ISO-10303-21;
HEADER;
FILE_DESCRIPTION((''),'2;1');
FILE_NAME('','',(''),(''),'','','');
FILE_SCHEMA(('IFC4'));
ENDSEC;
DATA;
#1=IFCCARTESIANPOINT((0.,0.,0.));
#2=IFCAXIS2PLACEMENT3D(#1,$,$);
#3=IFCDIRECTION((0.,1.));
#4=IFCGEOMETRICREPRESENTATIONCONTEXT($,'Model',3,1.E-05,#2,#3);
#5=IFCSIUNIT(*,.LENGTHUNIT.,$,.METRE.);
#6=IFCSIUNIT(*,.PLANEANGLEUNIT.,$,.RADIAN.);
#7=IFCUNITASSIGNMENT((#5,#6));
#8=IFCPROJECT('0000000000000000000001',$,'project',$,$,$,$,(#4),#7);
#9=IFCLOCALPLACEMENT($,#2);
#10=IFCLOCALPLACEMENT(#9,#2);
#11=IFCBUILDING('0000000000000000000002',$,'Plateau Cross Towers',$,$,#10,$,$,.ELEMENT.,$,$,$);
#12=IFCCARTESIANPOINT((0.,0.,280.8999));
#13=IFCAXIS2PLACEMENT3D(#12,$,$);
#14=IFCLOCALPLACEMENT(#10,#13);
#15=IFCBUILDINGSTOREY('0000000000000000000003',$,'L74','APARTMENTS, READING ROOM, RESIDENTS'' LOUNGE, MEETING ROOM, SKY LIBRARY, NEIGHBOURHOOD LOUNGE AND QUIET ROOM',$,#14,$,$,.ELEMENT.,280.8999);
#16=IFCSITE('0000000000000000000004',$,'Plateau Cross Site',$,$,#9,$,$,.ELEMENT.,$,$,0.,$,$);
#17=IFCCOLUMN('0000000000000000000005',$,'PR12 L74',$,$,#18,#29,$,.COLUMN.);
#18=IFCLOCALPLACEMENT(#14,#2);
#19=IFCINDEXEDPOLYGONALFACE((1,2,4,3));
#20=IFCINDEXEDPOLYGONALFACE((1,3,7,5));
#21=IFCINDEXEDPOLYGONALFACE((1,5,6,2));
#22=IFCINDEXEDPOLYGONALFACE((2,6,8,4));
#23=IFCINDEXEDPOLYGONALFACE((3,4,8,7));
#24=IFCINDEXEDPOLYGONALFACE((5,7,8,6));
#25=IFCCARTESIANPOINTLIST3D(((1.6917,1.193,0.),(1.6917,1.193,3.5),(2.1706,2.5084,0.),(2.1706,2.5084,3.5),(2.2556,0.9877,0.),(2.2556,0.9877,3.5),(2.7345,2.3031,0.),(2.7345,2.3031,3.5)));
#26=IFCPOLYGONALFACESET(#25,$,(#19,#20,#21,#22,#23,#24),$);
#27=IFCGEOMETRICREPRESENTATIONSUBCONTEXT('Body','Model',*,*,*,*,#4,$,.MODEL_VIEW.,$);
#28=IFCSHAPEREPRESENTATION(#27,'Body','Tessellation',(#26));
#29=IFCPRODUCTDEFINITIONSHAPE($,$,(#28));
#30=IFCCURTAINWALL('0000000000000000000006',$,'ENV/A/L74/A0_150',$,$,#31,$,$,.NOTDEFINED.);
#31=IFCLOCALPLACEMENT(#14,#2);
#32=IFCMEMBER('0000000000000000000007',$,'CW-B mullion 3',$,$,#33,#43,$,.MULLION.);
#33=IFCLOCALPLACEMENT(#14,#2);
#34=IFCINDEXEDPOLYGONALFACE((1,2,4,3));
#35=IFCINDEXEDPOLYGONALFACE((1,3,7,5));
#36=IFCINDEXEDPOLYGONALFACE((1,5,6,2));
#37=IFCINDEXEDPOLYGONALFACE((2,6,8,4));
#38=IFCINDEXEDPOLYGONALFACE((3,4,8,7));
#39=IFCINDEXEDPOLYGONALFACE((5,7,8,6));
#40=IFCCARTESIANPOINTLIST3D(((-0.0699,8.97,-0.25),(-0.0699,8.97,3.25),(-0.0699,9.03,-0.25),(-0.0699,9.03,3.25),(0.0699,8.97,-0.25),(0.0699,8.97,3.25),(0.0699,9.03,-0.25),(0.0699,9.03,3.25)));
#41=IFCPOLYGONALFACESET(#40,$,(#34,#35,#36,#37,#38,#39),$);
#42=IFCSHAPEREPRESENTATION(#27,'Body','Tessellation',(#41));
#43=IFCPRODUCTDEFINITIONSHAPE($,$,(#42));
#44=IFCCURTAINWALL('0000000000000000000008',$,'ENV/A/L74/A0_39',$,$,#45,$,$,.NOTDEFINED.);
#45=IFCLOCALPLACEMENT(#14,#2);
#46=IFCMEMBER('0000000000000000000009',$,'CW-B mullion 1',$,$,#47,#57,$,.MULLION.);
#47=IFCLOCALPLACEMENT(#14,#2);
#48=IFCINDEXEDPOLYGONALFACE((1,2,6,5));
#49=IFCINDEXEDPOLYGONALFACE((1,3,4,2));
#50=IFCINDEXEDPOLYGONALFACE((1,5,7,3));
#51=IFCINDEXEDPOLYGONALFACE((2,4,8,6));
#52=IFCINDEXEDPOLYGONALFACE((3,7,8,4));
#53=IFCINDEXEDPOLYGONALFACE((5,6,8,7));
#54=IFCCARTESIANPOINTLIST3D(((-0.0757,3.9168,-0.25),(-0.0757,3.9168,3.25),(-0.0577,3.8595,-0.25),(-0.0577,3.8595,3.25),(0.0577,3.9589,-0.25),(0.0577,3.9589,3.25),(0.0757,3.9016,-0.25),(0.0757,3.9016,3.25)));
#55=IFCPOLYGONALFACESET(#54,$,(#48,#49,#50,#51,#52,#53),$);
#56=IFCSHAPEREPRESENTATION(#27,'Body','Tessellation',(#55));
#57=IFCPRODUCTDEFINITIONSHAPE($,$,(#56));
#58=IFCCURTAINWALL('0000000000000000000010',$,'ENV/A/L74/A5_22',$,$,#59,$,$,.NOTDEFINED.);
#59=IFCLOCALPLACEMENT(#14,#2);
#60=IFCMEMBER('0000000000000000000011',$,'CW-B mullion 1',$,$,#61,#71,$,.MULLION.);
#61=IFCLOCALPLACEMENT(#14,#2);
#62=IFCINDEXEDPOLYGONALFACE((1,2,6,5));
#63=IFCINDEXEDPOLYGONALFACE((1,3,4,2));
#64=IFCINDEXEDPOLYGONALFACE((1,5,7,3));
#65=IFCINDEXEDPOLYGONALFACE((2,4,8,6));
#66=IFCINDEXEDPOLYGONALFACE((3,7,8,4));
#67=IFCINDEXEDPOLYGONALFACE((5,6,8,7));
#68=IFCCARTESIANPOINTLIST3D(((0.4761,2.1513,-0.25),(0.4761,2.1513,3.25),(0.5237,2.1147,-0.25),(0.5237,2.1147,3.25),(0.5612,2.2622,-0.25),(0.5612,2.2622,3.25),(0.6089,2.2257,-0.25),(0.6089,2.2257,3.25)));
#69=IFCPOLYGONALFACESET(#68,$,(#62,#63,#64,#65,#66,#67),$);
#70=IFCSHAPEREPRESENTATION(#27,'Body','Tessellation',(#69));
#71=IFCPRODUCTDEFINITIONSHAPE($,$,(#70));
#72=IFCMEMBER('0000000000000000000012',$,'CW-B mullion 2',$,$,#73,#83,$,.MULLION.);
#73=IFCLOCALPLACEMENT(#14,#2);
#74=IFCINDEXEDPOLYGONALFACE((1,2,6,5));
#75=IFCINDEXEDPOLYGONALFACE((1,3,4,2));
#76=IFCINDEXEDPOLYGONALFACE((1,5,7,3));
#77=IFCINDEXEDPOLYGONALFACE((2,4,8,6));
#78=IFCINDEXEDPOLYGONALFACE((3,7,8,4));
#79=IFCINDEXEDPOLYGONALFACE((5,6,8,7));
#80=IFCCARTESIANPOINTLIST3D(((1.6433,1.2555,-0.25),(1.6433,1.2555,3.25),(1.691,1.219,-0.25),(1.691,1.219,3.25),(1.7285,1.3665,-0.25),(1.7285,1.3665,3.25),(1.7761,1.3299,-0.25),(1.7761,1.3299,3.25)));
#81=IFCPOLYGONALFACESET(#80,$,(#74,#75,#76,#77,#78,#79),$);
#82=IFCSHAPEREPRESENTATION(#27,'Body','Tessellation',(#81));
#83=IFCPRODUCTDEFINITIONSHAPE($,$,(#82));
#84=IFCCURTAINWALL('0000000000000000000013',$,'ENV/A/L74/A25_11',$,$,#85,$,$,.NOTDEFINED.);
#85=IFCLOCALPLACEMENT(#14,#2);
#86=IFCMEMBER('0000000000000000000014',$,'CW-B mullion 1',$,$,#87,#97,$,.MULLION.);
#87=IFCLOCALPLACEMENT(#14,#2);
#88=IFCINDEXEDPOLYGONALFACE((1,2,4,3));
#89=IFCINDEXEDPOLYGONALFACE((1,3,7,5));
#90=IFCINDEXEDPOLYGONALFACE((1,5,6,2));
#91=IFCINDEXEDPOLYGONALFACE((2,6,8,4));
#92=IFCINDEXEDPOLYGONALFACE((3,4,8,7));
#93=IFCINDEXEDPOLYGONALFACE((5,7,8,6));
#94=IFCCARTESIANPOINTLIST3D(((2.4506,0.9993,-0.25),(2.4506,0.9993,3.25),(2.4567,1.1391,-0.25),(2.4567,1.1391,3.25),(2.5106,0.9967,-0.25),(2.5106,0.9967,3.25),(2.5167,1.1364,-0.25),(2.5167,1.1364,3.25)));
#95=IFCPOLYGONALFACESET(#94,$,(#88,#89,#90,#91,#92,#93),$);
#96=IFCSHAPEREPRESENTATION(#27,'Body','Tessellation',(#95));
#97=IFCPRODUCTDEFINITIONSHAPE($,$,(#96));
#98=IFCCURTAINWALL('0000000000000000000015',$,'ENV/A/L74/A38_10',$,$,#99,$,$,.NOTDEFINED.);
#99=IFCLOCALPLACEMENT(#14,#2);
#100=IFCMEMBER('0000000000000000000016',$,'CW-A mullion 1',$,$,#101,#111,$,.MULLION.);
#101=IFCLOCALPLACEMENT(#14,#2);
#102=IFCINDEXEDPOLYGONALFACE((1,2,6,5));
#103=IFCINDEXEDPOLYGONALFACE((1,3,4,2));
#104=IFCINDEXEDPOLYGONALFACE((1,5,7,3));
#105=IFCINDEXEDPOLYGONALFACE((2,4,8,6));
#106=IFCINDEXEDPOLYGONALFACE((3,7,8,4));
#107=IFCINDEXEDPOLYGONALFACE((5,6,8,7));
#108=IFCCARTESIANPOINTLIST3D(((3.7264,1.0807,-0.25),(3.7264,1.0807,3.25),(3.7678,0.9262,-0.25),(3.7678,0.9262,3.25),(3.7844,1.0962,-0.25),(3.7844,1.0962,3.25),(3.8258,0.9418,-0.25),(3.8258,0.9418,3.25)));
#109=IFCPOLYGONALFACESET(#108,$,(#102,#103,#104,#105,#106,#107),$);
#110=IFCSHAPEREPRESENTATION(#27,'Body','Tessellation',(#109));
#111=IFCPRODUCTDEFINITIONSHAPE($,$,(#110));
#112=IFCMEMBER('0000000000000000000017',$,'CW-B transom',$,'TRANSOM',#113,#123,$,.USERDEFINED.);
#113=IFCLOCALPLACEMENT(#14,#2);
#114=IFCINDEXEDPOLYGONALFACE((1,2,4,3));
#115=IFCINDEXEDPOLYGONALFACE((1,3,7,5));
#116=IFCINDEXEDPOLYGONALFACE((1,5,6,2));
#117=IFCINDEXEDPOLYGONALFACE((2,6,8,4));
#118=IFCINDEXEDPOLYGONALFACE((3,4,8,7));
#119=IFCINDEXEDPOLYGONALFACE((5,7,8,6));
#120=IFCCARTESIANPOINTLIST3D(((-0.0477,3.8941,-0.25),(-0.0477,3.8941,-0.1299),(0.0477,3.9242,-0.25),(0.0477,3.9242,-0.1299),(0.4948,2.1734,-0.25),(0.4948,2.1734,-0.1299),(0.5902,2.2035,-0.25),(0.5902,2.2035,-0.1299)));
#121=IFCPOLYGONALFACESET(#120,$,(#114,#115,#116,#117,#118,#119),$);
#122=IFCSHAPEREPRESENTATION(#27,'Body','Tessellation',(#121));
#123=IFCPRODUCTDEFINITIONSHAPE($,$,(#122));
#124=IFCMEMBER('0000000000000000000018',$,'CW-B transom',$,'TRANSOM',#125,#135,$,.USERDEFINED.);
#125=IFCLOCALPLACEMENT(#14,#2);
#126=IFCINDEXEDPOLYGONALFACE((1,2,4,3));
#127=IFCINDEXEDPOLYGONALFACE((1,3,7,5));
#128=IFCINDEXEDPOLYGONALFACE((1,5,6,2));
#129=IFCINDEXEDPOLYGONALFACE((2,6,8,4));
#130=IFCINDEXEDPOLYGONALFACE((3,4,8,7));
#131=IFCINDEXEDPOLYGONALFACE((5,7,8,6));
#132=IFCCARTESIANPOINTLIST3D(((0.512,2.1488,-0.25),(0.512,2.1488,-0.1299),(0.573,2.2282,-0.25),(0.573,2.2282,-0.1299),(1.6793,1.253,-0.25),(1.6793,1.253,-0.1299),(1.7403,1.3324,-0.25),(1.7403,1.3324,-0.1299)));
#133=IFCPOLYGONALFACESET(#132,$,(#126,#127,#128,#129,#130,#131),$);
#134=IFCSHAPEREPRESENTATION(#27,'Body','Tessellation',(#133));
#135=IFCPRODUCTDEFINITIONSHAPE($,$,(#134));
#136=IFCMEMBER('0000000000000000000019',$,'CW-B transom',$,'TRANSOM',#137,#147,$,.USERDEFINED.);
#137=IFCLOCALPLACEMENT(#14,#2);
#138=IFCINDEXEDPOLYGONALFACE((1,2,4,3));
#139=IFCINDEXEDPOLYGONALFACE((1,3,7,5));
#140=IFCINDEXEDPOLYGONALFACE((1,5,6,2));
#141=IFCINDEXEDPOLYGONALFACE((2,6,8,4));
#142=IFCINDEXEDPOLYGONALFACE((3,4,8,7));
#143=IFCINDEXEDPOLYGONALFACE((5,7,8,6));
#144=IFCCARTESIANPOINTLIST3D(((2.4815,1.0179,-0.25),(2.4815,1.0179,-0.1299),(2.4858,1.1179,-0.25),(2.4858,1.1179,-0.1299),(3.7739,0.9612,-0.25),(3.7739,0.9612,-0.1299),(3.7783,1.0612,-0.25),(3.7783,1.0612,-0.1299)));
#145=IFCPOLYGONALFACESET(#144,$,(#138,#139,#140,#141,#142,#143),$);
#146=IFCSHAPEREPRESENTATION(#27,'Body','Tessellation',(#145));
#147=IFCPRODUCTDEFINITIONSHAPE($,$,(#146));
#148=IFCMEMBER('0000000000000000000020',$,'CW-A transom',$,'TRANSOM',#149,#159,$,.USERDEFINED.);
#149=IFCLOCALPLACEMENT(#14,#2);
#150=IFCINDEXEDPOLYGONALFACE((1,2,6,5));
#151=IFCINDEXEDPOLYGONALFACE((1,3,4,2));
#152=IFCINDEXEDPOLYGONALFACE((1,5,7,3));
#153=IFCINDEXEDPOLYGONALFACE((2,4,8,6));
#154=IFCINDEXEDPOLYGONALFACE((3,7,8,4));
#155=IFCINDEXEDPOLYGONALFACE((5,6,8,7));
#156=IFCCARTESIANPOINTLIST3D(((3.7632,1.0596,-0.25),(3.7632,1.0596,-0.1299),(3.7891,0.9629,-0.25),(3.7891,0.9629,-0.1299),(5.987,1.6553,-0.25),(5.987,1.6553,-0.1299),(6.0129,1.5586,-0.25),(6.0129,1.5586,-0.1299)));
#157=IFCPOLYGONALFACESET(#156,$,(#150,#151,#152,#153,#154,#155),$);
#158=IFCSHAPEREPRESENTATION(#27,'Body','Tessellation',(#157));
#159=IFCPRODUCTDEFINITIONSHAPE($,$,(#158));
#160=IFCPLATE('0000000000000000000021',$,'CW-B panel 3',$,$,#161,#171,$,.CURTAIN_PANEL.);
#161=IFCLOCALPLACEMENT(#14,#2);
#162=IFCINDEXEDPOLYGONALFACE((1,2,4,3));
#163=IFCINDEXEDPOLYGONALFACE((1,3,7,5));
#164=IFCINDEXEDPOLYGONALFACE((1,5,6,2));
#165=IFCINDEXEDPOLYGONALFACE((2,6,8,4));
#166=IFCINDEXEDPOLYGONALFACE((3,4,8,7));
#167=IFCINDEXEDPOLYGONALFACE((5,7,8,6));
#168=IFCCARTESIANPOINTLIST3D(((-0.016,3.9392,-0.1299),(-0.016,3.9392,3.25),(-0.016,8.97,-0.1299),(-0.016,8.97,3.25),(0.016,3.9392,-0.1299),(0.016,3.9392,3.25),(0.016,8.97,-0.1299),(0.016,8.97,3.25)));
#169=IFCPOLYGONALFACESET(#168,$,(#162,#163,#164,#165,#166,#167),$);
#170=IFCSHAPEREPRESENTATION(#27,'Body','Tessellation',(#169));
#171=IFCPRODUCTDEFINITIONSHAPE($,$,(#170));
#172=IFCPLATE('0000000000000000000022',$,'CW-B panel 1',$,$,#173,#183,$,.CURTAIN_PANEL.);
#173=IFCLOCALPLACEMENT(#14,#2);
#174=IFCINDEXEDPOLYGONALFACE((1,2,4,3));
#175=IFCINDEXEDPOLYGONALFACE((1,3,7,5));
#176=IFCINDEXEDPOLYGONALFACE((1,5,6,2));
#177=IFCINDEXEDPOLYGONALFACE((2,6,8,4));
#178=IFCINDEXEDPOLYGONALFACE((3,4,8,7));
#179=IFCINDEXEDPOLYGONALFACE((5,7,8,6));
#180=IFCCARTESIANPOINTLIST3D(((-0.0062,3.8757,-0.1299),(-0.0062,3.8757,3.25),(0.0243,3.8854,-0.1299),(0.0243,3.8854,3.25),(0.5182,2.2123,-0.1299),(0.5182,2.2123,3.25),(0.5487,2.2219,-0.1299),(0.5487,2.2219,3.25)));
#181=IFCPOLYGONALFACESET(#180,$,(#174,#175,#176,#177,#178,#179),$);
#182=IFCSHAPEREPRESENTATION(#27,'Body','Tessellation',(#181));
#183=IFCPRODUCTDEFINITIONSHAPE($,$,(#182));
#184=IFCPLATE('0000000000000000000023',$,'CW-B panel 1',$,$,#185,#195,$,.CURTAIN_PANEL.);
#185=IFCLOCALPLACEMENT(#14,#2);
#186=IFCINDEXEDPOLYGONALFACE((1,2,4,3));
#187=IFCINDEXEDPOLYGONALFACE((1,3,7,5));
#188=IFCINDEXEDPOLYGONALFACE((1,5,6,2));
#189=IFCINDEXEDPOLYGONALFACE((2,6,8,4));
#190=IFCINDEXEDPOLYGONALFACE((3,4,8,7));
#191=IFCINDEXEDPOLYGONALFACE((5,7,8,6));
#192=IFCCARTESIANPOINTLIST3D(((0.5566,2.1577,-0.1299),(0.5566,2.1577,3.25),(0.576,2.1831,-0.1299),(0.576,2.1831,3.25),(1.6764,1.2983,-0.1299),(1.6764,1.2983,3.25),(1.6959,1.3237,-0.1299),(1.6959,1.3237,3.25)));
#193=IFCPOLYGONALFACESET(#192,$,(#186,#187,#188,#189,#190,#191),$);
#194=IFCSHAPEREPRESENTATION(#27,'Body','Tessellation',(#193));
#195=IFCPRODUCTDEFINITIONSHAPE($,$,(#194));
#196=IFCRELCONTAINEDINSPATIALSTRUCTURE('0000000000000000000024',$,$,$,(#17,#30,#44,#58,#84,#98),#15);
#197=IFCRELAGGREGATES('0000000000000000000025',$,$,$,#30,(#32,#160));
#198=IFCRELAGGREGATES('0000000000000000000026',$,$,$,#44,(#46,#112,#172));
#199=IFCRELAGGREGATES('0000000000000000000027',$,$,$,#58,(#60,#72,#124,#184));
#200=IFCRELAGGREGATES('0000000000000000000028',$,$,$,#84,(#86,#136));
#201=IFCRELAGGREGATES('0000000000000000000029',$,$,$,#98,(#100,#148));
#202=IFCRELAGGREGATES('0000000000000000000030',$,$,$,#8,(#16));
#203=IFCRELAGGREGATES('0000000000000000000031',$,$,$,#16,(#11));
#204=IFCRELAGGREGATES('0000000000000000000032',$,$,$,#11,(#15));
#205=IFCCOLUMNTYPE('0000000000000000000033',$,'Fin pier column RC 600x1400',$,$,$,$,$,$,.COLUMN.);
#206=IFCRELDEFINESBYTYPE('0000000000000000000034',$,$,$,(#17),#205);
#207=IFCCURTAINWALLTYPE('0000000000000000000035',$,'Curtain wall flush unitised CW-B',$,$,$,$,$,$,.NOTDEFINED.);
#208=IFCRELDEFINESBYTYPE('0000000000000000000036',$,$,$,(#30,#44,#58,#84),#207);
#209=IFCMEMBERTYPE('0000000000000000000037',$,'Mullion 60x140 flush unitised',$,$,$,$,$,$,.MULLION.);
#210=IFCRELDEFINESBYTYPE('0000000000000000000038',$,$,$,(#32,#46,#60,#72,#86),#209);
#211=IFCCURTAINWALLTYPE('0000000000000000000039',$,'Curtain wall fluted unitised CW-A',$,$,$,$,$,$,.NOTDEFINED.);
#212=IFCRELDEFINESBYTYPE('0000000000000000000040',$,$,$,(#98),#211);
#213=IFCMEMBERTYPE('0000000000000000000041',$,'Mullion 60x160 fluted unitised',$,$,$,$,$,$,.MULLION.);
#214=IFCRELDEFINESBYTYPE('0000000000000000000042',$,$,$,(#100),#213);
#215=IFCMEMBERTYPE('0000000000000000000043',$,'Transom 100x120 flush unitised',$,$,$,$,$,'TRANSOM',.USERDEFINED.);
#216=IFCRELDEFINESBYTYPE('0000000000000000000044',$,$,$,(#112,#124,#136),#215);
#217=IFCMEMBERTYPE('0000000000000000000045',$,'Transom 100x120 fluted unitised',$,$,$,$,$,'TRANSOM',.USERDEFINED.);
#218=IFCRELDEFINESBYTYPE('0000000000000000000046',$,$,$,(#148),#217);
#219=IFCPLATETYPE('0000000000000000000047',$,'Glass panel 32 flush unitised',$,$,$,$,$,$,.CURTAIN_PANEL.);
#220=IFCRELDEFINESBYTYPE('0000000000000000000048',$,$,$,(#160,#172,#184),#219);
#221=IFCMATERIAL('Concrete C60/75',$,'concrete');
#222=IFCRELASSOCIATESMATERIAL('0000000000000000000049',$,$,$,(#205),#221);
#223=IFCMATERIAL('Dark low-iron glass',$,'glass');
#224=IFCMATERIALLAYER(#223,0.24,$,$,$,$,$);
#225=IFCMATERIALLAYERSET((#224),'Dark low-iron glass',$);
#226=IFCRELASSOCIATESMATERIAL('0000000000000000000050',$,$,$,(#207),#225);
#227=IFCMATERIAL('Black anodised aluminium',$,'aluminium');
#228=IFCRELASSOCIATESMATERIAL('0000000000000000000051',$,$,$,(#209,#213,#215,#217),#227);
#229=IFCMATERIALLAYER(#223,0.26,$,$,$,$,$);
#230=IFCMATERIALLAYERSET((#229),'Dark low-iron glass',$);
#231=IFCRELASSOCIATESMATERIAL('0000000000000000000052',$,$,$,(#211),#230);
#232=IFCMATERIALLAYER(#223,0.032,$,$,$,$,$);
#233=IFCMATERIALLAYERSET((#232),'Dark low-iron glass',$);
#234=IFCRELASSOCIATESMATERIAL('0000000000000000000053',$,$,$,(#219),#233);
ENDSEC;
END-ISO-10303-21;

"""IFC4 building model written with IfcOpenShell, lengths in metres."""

from ifc_helpers import new_model, si_unit, direction, frame, origin, origin_2d, place, context, subcontext, project, spatial, rectangle, extrude, material, layer, layer_set, material_profile, profile_set, type_object, element, aggregate, save


model = new_model("IFC4")

# Units and contexts
model_context = context("Model", 3, precision=1e-05, world=origin(), true_north=direction((0.0, 1.0)))
body_context = subcontext(model_context, "Body", "Model", "MODEL_VIEW")
ifc_project = project(units=[si_unit("LENGTHUNIT", "METRE"), si_unit("PLANEANGLEUNIT", "RADIAN")], contexts=[model_context])

# Site, building, storey
site_placement = place(None, origin())
site = spatial("IfcSite", under=ifc_project, at=site_placement, Name="Plateau Cross Site", CompositionType="ELEMENT", RefElevation=0.0)
building_placement = place(site_placement, origin())
building = spatial("IfcBuilding", under=site, at=building_placement, Name="Plateau Cross Towers", CompositionType="ELEMENT")
storey_placement = place(building_placement, frame((0.0, 0.0, 280.8999)))
storey = spatial("IfcBuildingStorey", under=building, at=storey_placement, Name="L74", Description="APARTMENTS, READING ROOM, RESIDENTS' LOUNGE, MEETING ROOM, SKY LIBRARY, NEIGHBOURHOOD LOUNGE AND QUIET ROOM", CompositionType="ELEMENT", Elevation=280.8999)

# Column
ifc_material_1 = material(Name="Concrete C60/75", Category="concrete")
ifc_material_profile_1 = material_profile(ifc_material_1, rectangle(XDim=0.6001, YDim=1.3999, at=origin_2d()), Name="RC 600x1400")
ifc_profile_set_1 = profile_set([ifc_material_profile_1], Name="Concrete C60/75")
column_type = type_object("IfcColumnType", Name="Fin pier column RC 600x1400", PredefinedType="COLUMN", material=ifc_profile_set_1)
column_placement = place(storey_placement, frame((2.2131, 1.748, 0.0), z_axis=(0.0, 0.0, 1.0), x_axis=(-0.939664, 0.342098, 0.0)))
element("IfcColumn", 1, at=column_placement, inside=storey, type_object=column_type, Name="PR12 L74", PredefinedType="COLUMN", context=body_context, shape_type="SweptSolid", body=[
    extrude(rectangle(XDim=0.6001, YDim=1.3999, at=origin_2d()), origin(), (0.0, 0.0, 1.0), 3.5),
])

# Curtain walls, members
ifc_material_2 = material(Name="Dark low-iron glass", Category="glass")
ifc_layer_1 = layer(ifc_material_2, 0.24)
ifc_layer_set_1 = layer_set([ifc_layer_1], Name="Dark low-iron glass")
curtain_wall_type_1 = type_object("IfcCurtainWallType", Name="Curtain wall flush unitised CW-B", PredefinedType="NOTDEFINED", material=ifc_layer_set_1)
curtain_wall_1_placement = place(storey_placement, origin())
curtain_wall_1 = element("IfcCurtainWall", 2, at=curtain_wall_1_placement, inside=storey, type_object=curtain_wall_type_1, Name="ENV/A/L74/A0_150", PredefinedType="NOTDEFINED")
ifc_material_3 = material(Name="Black anodised aluminium", Category="aluminium")
ifc_material_profile_2 = material_profile(ifc_material_3, rectangle(XDim=0.0601, YDim=0.1399, at=origin_2d()), Name="MULLION 60x140")
ifc_profile_set_2 = profile_set([ifc_material_profile_2], Name="Black anodised aluminium")
member_type_1 = type_object("IfcMemberType", Name="Mullion 60x140 flush unitised", PredefinedType="MULLION", material=ifc_profile_set_2)
member_1_placement = place(storey_placement, frame((0.0, 9.0, -0.25), z_axis=(0.0, 0.0, 1.0), x_axis=(0.0, -1.0, 0.0)))
member_1 = element("IfcMember", 3, at=member_1_placement, type_object=member_type_1, Name="CW-B mullion 3", PredefinedType="MULLION", context=body_context, shape_type="SweptSolid", body=[
    extrude(rectangle(XDim=0.0601, YDim=0.1399, at=origin_2d()), origin(), (0.0, 0.0, 1.0), 3.5),
])
curtain_wall_2_placement = place(storey_placement, origin())
curtain_wall_2 = element("IfcCurtainWall", 4, at=curtain_wall_2_placement, inside=storey, type_object=curtain_wall_type_1, Name="ENV/A/L74/A0_39", PredefinedType="NOTDEFINED")
member_2_placement = place(storey_placement, frame((0.0, 3.9092, -0.25), z_axis=(0.0, 0.0, 1.0), x_axis=(0.300686, -0.953723, 0.0)))
member_2 = element("IfcMember", 5, at=member_2_placement, type_object=member_type_1, Name="CW-B mullion 1", PredefinedType="MULLION", context=body_context, shape_type="SweptSolid", body=[
    extrude(rectangle(XDim=0.0601, YDim=0.1399, at=origin_2d()), origin(), (0.0, 0.0, 1.0), 3.5),
])

# Curtain wall, members
curtain_wall_3_placement = place(storey_placement, origin())
curtain_wall_3 = element("IfcCurtainWall", 6, at=curtain_wall_3_placement, inside=storey, type_object=curtain_wall_type_1, Name="ENV/A/L74/A5_22", PredefinedType="NOTDEFINED")
member_3_placement = place(storey_placement, frame((0.5425, 2.1885, -0.25), z_axis=(0.0, 0.0, 1.0), x_axis=(0.793316, -0.608811, 0.0)))
member_3 = element("IfcMember", 7, at=member_3_placement, type_object=member_type_1, Name="CW-B mullion 1", PredefinedType="MULLION", context=body_context, shape_type="SweptSolid", body=[
    extrude(rectangle(XDim=0.0601, YDim=0.1399, at=origin_2d()), origin(), (0.0, 0.0, 1.0), 3.5),
])
member_4_placement = place(storey_placement, frame((1.7097, 1.2927, -0.25), z_axis=(0.0, 0.0, 1.0), x_axis=(0.793316, -0.608811, 0.0)))
member_4 = element("IfcMember", 8, at=member_4_placement, type_object=member_type_1, Name="CW-B mullion 2", PredefinedType="MULLION", context=body_context, shape_type="SweptSolid", body=[
    extrude(rectangle(XDim=0.0601, YDim=0.1399, at=origin_2d()), origin(), (0.0, 0.0, 1.0), 3.5),
])

# Curtain walls, members
curtain_wall_4_placement = place(storey_placement, origin())
curtain_wall_4 = element("IfcCurtainWall", 9, at=curtain_wall_4_placement, inside=storey, type_object=curtain_wall_type_1, Name="ENV/A/L74/A25_11", PredefinedType="NOTDEFINED")
member_5_placement = place(storey_placement, frame((2.4836, 1.0679, -0.25), z_axis=(0.0, 0.0, 1.0), x_axis=(0.999044, -0.043723, 0.0)))
member_5 = element("IfcMember", 10, at=member_5_placement, type_object=member_type_1, Name="CW-B mullion 1", PredefinedType="MULLION", context=body_context, shape_type="SweptSolid", body=[
    extrude(rectangle(XDim=0.0601, YDim=0.1399, at=origin_2d()), origin(), (0.0, 0.0, 1.0), 3.5),
])
ifc_layer_2 = layer(ifc_material_2, 0.26)
ifc_layer_set_2 = layer_set([ifc_layer_2], Name="Dark low-iron glass")
curtain_wall_type_2 = type_object("IfcCurtainWallType", Name="Curtain wall fluted unitised CW-A", PredefinedType="NOTDEFINED", material=ifc_layer_set_2)
curtain_wall_5_placement = place(storey_placement, origin())
curtain_wall_5 = element("IfcCurtainWall", 11, at=curtain_wall_5_placement, inside=storey, type_object=curtain_wall_type_2, Name="ENV/A/L74/A38_10", PredefinedType="NOTDEFINED")
ifc_material_profile_3 = material_profile(ifc_material_3, rectangle(XDim=0.0601, YDim=0.1599, at=origin_2d()), Name="MULLION 60x160")
ifc_profile_set_3 = profile_set([ifc_material_profile_3], Name="Black anodised aluminium")
member_type_2 = type_object("IfcMemberType", Name="Mullion 60x160 fluted unitised", PredefinedType="MULLION", material=ifc_profile_set_3)
member_6_placement = place(storey_placement, frame((3.7761, 1.0112, -0.25), z_axis=(0.0, 0.0, 1.0), x_axis=(0.965958, 0.258699, 0.0)))
member_6 = element("IfcMember", 12, at=member_6_placement, type_object=member_type_2, Name="CW-A mullion 1", PredefinedType="MULLION", context=body_context, shape_type="SweptSolid", body=[
    extrude(rectangle(XDim=0.0601, YDim=0.1599, at=origin_2d()), origin(), (0.0, 0.0, 1.0), 3.5),
])

# Members
ifc_material_profile_4 = material_profile(ifc_material_3, rectangle(XDim=0.1001, YDim=0.1201, at=origin_2d()), Name="TRANSOM 100x120")
ifc_profile_set_4 = profile_set([ifc_material_profile_4], Name="Black anodised aluminium")
member_type_3 = type_object("IfcMemberType", Name="Transom 100x120 flush unitised", ElementType="TRANSOM", PredefinedType="USERDEFINED", material=ifc_profile_set_4)
member_7_placement = place(storey_placement, frame((0.0, 3.9092, -0.1899), z_axis=(0.300678, -0.953726, 0.0), x_axis=(0.953726, 0.300678, 0.0)))
member_7 = element("IfcMember", 13, at=member_7_placement, type_object=member_type_3, Name="CW-B transom", ObjectType="TRANSOM", PredefinedType="USERDEFINED", context=body_context, shape_type="SweptSolid", body=[
    extrude(rectangle(XDim=0.1001, YDim=0.1201, at=origin_2d()), origin(), (0.0, 0.0, 1.0), 1.8042),
])
member_8_placement = place(storey_placement, frame((0.5425, 2.1885, -0.1899), z_axis=(0.793321, -0.608804, 0.0), x_axis=(0.608804, 0.793321, 0.0)))
member_8 = element("IfcMember", 14, at=member_8_placement, type_object=member_type_3, Name="CW-B transom", ObjectType="TRANSOM", PredefinedType="USERDEFINED", context=body_context, shape_type="SweptSolid", body=[
    extrude(rectangle(XDim=0.1001, YDim=0.1201, at=origin_2d()), origin(), (0.0, 0.0, 1.0), 1.4714),
])
member_9_placement = place(storey_placement, frame((2.4836, 1.0679, -0.1899), z_axis=(0.999041, -0.043781, 0.0), x_axis=(0.043781, 0.999041, 0.0)))
member_9 = element("IfcMember", 15, at=member_9_placement, type_object=member_type_3, Name="CW-B transom", ObjectType="TRANSOM", PredefinedType="USERDEFINED", context=body_context, shape_type="SweptSolid", body=[
    extrude(rectangle(XDim=0.1001, YDim=0.1201, at=origin_2d()), origin(), (0.0, 0.0, 1.0), 1.2937),
])
ifc_material_profile_5 = material_profile(ifc_material_3, rectangle(XDim=0.1001, YDim=0.1201, at=origin_2d()), Name="TRANSOM 100x120")
ifc_profile_set_5 = profile_set([ifc_material_profile_5], Name="Black anodised aluminium")
member_type_4 = type_object("IfcMemberType", Name="Transom 100x120 fluted unitised", ElementType="TRANSOM", PredefinedType="USERDEFINED", material=ifc_profile_set_5)
member_10_placement = place(storey_placement, frame((3.7761, 1.0112, -0.1899), z_axis=(0.965946, 0.258745, 0.0), x_axis=(-0.258745, 0.965946, 0.0)))
member_10 = element("IfcMember", 16, at=member_10_placement, type_object=member_type_4, Name="CW-A transom", ObjectType="TRANSOM", PredefinedType="USERDEFINED", context=body_context, shape_type="SweptSolid", body=[
    extrude(rectangle(XDim=0.1001, YDim=0.1201, at=origin_2d()), origin(), (0.0, 0.0, 1.0), 2.3022),
])

# Plates
ifc_layer_3 = layer(ifc_material_2, 0.032)
ifc_layer_set_3 = layer_set([ifc_layer_3], Name="Dark low-iron glass")
plate_type_1 = type_object("IfcPlateType", Name="Glass panel 32 flush unitised", PredefinedType="CURTAIN_PANEL", material=ifc_layer_set_3)
plate_1_placement = place(storey_placement, frame((0.0, 6.4546, -0.1299), z_axis=(0.0, 0.0, 1.0), x_axis=(0.0, -1.0, 0.0)))
plate_1 = element("IfcPlate", 17, at=plate_1_placement, type_object=plate_type_1, Name="CW-B panel 3", PredefinedType="CURTAIN_PANEL", context=body_context, shape_type="SweptSolid", body=[
    extrude(rectangle(XDim=5.0308, YDim=0.032, at=origin_2d()), origin(), (0.0, 0.0, 1.0), 3.3799),
])
aggregate(curtain_wall_1, [member_1, plate_1])
plate_2_placement = place(storey_placement, frame((0.2712, 3.0488, -0.1299), z_axis=(0.0, 0.0, 1.0), x_axis=(0.300686, -0.953723, 0.0)))
plate_2 = element("IfcPlate", 18, at=plate_2_placement, type_object=plate_type_1, Name="CW-B panel 1", PredefinedType="CURTAIN_PANEL", context=body_context, shape_type="SweptSolid", body=[
    extrude(rectangle(XDim=1.7441, YDim=0.032, at=origin_2d()), origin(), (0.0, 0.0, 1.0), 3.3799),
])
aggregate(curtain_wall_2, [member_2, member_7, plate_2])
plate_3_placement = place(storey_placement, frame((1.1262, 1.7407, -0.1299), z_axis=(0.0, 0.0, 1.0), x_axis=(0.793316, -0.608811, 0.0)))
plate_3 = element("IfcPlate", 19, at=plate_3_placement, type_object=plate_type_1, Name="CW-B panel 1", PredefinedType="CURTAIN_PANEL", context=body_context, shape_type="SweptSolid", body=[
    extrude(rectangle(XDim=1.4116, YDim=0.032, at=origin_2d()), origin(), (0.0, 0.0, 1.0), 3.3799),
])
aggregate(curtain_wall_3, [member_3, member_4, member_8, plate_3])
aggregate(curtain_wall_4, [member_5, member_9])
aggregate(curtain_wall_5, [member_6, member_10])

save(model, "model.ifc")
